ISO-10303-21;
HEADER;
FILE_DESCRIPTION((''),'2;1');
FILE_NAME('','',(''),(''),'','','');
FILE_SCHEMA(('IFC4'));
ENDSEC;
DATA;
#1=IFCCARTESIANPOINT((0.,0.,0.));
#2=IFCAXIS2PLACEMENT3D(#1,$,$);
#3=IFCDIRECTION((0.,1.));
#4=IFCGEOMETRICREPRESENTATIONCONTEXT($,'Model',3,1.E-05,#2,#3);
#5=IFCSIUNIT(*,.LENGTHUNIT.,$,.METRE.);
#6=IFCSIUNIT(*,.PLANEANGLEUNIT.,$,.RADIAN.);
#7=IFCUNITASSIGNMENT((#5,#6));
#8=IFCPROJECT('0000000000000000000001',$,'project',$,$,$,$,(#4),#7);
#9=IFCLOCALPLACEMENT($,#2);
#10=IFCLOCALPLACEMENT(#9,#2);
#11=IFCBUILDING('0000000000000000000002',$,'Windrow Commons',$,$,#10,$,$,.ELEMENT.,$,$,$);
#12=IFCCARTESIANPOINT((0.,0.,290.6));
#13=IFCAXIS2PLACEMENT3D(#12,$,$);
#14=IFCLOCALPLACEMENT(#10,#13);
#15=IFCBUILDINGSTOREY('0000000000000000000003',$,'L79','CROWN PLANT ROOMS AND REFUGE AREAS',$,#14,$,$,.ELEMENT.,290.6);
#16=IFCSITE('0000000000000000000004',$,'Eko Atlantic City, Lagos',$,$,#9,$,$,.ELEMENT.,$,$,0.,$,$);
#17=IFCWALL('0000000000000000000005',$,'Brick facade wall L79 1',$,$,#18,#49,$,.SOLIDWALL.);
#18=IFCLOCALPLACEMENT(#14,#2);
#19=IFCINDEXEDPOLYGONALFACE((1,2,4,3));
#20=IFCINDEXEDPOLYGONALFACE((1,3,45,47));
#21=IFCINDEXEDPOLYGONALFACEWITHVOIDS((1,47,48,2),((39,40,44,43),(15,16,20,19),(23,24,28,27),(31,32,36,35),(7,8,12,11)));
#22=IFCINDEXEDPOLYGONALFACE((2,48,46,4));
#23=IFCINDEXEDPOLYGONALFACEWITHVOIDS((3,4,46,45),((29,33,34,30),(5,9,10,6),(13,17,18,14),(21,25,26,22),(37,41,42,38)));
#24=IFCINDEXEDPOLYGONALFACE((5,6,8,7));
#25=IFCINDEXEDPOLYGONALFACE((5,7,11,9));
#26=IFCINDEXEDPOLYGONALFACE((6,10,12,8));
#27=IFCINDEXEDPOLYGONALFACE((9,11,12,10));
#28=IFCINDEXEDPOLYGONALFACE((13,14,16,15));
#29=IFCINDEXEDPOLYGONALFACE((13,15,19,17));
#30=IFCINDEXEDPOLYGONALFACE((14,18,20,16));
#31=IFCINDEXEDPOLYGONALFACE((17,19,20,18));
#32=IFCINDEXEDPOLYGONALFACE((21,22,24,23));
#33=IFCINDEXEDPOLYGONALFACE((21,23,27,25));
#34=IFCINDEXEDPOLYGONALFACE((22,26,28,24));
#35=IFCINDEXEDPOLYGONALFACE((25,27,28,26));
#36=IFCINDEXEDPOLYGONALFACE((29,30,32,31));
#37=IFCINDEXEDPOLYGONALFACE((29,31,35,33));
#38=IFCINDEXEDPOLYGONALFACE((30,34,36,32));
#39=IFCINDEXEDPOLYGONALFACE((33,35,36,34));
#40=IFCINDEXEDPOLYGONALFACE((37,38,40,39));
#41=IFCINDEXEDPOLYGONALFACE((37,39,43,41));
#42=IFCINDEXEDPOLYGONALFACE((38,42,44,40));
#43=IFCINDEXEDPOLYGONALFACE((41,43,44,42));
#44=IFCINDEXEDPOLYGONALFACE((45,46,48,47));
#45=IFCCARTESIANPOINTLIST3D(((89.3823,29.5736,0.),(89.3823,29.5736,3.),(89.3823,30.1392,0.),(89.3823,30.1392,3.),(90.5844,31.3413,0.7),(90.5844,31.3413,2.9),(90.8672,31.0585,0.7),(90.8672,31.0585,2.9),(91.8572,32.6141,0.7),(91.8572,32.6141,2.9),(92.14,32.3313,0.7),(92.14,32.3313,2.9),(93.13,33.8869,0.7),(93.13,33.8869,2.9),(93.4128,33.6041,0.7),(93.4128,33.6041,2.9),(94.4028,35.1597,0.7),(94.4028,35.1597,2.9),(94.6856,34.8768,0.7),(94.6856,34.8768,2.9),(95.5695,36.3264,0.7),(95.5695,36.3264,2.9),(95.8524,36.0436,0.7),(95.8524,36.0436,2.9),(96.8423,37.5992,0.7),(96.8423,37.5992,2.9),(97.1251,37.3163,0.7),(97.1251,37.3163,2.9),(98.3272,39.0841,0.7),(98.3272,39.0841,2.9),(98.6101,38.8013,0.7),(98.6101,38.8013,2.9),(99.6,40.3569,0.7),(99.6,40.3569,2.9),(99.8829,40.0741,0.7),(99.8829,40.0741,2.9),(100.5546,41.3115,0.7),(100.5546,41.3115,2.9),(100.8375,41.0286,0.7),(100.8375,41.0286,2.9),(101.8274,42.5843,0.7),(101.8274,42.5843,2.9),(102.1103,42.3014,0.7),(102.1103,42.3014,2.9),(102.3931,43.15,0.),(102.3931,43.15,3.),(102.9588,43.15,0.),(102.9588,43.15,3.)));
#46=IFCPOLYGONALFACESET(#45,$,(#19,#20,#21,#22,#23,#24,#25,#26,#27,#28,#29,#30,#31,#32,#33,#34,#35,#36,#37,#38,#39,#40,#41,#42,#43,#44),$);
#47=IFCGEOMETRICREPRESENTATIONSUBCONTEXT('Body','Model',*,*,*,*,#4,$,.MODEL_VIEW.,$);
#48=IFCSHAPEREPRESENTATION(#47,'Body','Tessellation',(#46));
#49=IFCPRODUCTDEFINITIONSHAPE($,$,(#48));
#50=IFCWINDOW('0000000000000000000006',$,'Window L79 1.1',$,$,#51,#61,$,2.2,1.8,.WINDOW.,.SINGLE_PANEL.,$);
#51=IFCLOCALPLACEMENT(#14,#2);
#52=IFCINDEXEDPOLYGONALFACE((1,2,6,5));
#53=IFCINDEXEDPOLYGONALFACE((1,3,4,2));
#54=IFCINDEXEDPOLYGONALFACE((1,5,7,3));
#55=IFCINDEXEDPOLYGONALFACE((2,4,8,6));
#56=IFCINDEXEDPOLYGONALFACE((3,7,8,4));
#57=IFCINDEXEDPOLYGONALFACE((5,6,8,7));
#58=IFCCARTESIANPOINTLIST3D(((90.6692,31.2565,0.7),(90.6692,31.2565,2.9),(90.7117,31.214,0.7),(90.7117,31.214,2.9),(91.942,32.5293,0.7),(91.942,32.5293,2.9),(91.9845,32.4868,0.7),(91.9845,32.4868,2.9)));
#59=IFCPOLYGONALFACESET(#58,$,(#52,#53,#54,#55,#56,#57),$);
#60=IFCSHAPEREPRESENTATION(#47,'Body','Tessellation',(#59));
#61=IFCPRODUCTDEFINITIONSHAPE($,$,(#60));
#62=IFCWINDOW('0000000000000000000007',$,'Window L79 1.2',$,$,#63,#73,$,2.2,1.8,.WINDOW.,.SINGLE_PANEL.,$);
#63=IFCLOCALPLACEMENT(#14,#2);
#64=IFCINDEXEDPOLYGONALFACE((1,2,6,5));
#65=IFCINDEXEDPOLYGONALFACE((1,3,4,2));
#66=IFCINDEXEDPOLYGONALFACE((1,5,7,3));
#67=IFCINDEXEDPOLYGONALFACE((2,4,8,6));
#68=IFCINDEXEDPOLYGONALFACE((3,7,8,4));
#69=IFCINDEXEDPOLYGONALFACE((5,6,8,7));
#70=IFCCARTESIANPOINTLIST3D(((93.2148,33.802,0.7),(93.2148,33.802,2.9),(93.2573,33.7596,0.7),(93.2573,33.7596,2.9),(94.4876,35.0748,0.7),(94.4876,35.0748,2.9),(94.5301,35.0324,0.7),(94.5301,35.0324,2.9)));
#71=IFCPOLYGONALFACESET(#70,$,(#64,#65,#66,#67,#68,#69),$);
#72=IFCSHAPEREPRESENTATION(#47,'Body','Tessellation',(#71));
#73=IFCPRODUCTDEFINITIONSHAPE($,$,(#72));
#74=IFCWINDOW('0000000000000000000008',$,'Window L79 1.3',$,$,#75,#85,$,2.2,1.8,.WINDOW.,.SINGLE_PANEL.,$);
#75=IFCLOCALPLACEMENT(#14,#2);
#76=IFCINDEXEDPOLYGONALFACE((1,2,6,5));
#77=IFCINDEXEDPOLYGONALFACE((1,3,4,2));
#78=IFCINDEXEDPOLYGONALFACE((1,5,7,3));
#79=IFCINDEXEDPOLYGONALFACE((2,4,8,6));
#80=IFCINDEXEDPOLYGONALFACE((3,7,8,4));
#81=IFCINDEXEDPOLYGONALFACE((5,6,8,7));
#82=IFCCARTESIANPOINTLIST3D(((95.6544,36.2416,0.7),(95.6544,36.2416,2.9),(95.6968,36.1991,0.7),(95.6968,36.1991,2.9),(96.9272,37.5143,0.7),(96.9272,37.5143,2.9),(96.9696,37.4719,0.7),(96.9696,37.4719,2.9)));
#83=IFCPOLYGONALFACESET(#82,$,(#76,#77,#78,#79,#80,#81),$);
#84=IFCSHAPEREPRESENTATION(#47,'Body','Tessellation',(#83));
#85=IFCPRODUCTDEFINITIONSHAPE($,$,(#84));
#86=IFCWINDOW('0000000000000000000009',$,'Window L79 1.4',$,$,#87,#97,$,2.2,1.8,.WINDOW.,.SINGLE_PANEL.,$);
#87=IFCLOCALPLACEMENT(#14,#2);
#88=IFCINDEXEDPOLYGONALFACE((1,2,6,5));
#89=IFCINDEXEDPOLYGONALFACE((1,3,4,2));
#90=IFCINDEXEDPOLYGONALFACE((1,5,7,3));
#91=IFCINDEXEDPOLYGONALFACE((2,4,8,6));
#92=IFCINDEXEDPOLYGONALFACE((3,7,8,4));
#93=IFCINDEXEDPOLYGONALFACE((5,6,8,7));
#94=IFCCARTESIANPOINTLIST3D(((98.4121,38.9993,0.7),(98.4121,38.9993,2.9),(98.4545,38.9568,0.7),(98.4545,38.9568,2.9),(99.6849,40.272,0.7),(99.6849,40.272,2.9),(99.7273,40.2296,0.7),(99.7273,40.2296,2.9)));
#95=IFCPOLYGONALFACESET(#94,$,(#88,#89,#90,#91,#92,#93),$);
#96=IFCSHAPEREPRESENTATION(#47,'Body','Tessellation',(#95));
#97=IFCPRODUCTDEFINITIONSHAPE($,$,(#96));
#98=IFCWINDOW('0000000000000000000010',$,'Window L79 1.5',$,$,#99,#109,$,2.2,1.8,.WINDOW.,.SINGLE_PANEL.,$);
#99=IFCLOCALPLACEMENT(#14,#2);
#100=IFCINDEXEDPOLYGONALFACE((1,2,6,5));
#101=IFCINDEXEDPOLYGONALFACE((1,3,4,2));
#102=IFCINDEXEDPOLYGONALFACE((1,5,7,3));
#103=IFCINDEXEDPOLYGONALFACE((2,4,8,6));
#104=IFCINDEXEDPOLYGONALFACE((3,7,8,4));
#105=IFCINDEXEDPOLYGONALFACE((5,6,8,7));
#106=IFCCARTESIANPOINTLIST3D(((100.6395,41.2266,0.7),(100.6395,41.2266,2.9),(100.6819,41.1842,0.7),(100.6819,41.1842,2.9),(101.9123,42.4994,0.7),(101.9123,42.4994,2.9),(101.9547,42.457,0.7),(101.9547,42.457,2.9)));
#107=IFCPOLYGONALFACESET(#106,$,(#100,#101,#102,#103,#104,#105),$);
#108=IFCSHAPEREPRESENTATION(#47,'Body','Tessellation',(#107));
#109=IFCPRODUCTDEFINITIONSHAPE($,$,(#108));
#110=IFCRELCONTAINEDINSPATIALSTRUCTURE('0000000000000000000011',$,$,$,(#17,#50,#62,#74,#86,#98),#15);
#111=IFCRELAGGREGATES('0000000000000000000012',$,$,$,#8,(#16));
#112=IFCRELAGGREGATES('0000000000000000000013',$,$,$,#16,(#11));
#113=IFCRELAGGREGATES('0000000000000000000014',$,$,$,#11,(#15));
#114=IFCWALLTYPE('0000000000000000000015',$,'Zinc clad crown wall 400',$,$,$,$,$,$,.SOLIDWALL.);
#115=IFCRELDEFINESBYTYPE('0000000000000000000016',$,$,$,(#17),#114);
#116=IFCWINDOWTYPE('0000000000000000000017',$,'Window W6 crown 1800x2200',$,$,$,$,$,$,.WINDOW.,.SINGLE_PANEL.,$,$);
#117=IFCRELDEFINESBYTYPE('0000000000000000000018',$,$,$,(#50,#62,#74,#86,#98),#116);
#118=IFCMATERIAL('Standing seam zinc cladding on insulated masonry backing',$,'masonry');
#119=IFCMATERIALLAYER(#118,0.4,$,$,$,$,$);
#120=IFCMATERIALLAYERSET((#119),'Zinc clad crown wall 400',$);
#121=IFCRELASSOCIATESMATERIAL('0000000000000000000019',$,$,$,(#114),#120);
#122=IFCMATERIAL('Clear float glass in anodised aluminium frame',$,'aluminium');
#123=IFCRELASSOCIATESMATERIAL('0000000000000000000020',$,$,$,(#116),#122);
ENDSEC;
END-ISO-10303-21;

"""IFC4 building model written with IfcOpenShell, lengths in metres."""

from ifc_helpers import new_model, si_unit, direction, frame, frame_2d, origin, place, context, subcontext, project, spatial, polyline, rectangle, outline, extrude, material, layer, layer_set, type_object, element, fill, save


model = new_model("IFC4")

# Units and contexts
model_context = context("Model", 3, precision=1e-05, world=origin(), true_north=direction((0.0, 1.0)))
body_context = subcontext(model_context, "Body", "Model", "MODEL_VIEW")
ifc_project = project(units=[si_unit("LENGTHUNIT", "METRE"), si_unit("PLANEANGLEUNIT", "RADIAN")], contexts=[model_context])

# Site, building, storey
site_placement = place(None, origin())
site = spatial("IfcSite", under=ifc_project, at=site_placement, Name="Eko Atlantic City, Lagos", CompositionType="ELEMENT", RefElevation=0.0)
building_placement = place(site_placement, origin())
building = spatial("IfcBuilding", under=site, at=building_placement, Name="Windrow Commons", CompositionType="ELEMENT")
storey_placement = place(building_placement, frame((0.0, 0.0, 290.6)))
storey = spatial("IfcBuildingStorey", under=building, at=storey_placement, Name="L79", Description="CROWN PLANT ROOMS AND REFUGE AREAS", CompositionType="ELEMENT", Elevation=290.6)

# Wall, openings, windows
ifc_material_1 = material(Name="Standing seam zinc cladding on insulated masonry backing", Category="masonry")
ifc_layer_1 = layer(ifc_material_1, 0.4)
ifc_layer_set_1 = layer_set([ifc_layer_1], Name="Zinc clad crown wall 400")
wall_type_1 = type_object("IfcWallType", Name="Zinc clad crown wall 400", PredefinedType="SOLIDWALL", material=ifc_layer_set_1)
wall_1_placement = place(storey_placement, frame((89.3823, 29.8564, 0.0), z_axis=(0.0, 0.0, 1.0), x_axis=(0.707109, 0.707104, 0.0)))
wall_1 = element("IfcWall", 1, at=wall_1_placement, inside=storey, type_object=wall_type_1, Name="Brick facade wall L79 1", PredefinedType="SOLIDWALL", context=body_context, shape_type="SweptSolid", body=[
    extrude(outline(polyline([(-0.2, -0.2), (19.0, -0.2), (18.6, 0.2), (0.2, 0.2), (-0.2, -0.2)])), origin(), (0.0, 0.0, 1.0), 3.0),
])
opening_1_placement = place(wall_1_placement, frame((1.9, 0.0, 0.7)))
opening_1 = element("IfcOpeningElement", 2, at=opening_1_placement, cuts=wall_1, PredefinedType="OPENING", context=body_context, shape_type="SweptSolid", body=[
    extrude(rectangle(XDim=1.8, YDim=2.2, at=frame_2d((0.9, 1.1))), frame((0.0, 0.21, 0.0), z_axis=(0.0, -1.0, 0.0), x_axis=(1.0, 0.0, 0.0)), (0.0, 0.0, 1.0), 0.42),
])
opening_2_placement = place(wall_1_placement, frame((5.5, 0.0, 0.7)))
opening_2 = element("IfcOpeningElement", 3, at=opening_2_placement, cuts=wall_1, PredefinedType="OPENING", context=body_context, shape_type="SweptSolid", body=[
    extrude(rectangle(XDim=1.8, YDim=2.2, at=frame_2d((0.9, 1.1))), frame((0.0, 0.21, 0.0), z_axis=(0.0, -1.0, 0.0), x_axis=(1.0, 0.0, 0.0)), (0.0, 0.0, 1.0), 0.42),
])
opening_3_placement = place(wall_1_placement, frame((8.95, 0.0, 0.7)))
opening_3 = element("IfcOpeningElement", 4, at=opening_3_placement, cuts=wall_1, PredefinedType="OPENING", context=body_context, shape_type="SweptSolid", body=[
    extrude(rectangle(XDim=1.8, YDim=2.2, at=frame_2d((0.9, 1.1))), frame((0.0, 0.21, 0.0), z_axis=(0.0, -1.0, 0.0), x_axis=(1.0, 0.0, 0.0)), (0.0, 0.0, 1.0), 0.42),
])
opening_4_placement = place(wall_1_placement, frame((12.85, 0.0, 0.7)))
opening_4 = element("IfcOpeningElement", 5, at=opening_4_placement, cuts=wall_1, PredefinedType="OPENING", context=body_context, shape_type="SweptSolid", body=[
    extrude(rectangle(XDim=1.8, YDim=2.2, at=frame_2d((0.9, 1.1))), frame((0.0, 0.21, 0.0), z_axis=(0.0, -1.0, 0.0), x_axis=(1.0, 0.0, 0.0)), (0.0, 0.0, 1.0), 0.42),
])
opening_5_placement = place(wall_1_placement, frame((16.0, 0.0, 0.7)))
opening_5 = element("IfcOpeningElement", 6, at=opening_5_placement, cuts=wall_1, PredefinedType="OPENING", context=body_context, shape_type="SweptSolid", body=[
    extrude(rectangle(XDim=1.8, YDim=2.2, at=frame_2d((0.9, 1.1))), frame((0.0, 0.21, 0.0), z_axis=(0.0, -1.0, 0.0), x_axis=(1.0, 0.0, 0.0)), (0.0, 0.0, 1.0), 0.42),
])
ifc_material_2 = material(Name="Clear float glass in anodised aluminium frame", Category="aluminium")
window_type = type_object("IfcWindowType", Name="Window W6 crown 1800x2200", PartitioningType="SINGLE_PANEL", PredefinedType="WINDOW", material=ifc_material_2)
window_1_placement = place(opening_1_placement, origin())
window_1 = element("IfcWindow", 7, at=window_1_placement, inside=storey, type_object=window_type, Name="Window L79 1.1", OverallHeight=2.2, OverallWidth=1.8, PartitioningType="SINGLE_PANEL", PredefinedType="WINDOW", context=body_context, shape_type="SweptSolid", body=[
    extrude(rectangle(XDim=1.8, YDim=2.2, at=frame_2d((0.9, 1.1))), frame((0.0, 0.08, 0.0), z_axis=(0.0, -1.0, 0.0), x_axis=(1.0, 0.0, 0.0)), (0.0, 0.0, 1.0), 0.06),
])
fill(opening_1, window_1)
window_2_placement = place(opening_2_placement, origin())
window_2 = element("IfcWindow", 8, at=window_2_placement, inside=storey, type_object=window_type, Name="Window L79 1.2", OverallHeight=2.2, OverallWidth=1.8, PartitioningType="SINGLE_PANEL", PredefinedType="WINDOW", context=body_context, shape_type="SweptSolid", body=[
    extrude(rectangle(XDim=1.8, YDim=2.2, at=frame_2d((0.9, 1.1))), frame((0.0, 0.08, 0.0), z_axis=(0.0, -1.0, 0.0), x_axis=(1.0, 0.0, 0.0)), (0.0, 0.0, 1.0), 0.06),
])
fill(opening_2, window_2)
window_3_placement = place(opening_3_placement, origin())
window_3 = element("IfcWindow", 9, at=window_3_placement, inside=storey, type_object=window_type, Name="Window L79 1.3", OverallHeight=2.2, OverallWidth=1.8, PartitioningType="SINGLE_PANEL", PredefinedType="WINDOW", context=body_context, shape_type="SweptSolid", body=[
    extrude(rectangle(XDim=1.8, YDim=2.2, at=frame_2d((0.9, 1.1))), frame((0.0, 0.08, 0.0), z_axis=(0.0, -1.0, 0.0), x_axis=(1.0, 0.0, 0.0)), (0.0, 0.0, 1.0), 0.06),
])
fill(opening_3, window_3)
window_4_placement = place(opening_4_placement, origin())
window_4 = element("IfcWindow", 10, at=window_4_placement, inside=storey, type_object=window_type, Name="Window L79 1.4", OverallHeight=2.2, OverallWidth=1.8, PartitioningType="SINGLE_PANEL", PredefinedType="WINDOW", context=body_context, shape_type="SweptSolid", body=[
    extrude(rectangle(XDim=1.8, YDim=2.2, at=frame_2d((0.9, 1.1))), frame((0.0, 0.08, 0.0), z_axis=(0.0, -1.0, 0.0), x_axis=(1.0, 0.0, 0.0)), (0.0, 0.0, 1.0), 0.06),
])
fill(opening_4, window_4)
window_5_placement = place(opening_5_placement, origin())
window_5 = element("IfcWindow", 11, at=window_5_placement, inside=storey, type_object=window_type, Name="Window L79 1.5", OverallHeight=2.2, OverallWidth=1.8, PartitioningType="SINGLE_PANEL", PredefinedType="WINDOW", context=body_context, shape_type="SweptSolid", body=[
    extrude(rectangle(XDim=1.8, YDim=2.2, at=frame_2d((0.9, 1.1))), frame((0.0, 0.08, 0.0), z_axis=(0.0, -1.0, 0.0), x_axis=(1.0, 0.0, 0.0)), (0.0, 0.0, 1.0), 0.06),
])
fill(opening_5, window_5)

save(model, "model.ifc")
